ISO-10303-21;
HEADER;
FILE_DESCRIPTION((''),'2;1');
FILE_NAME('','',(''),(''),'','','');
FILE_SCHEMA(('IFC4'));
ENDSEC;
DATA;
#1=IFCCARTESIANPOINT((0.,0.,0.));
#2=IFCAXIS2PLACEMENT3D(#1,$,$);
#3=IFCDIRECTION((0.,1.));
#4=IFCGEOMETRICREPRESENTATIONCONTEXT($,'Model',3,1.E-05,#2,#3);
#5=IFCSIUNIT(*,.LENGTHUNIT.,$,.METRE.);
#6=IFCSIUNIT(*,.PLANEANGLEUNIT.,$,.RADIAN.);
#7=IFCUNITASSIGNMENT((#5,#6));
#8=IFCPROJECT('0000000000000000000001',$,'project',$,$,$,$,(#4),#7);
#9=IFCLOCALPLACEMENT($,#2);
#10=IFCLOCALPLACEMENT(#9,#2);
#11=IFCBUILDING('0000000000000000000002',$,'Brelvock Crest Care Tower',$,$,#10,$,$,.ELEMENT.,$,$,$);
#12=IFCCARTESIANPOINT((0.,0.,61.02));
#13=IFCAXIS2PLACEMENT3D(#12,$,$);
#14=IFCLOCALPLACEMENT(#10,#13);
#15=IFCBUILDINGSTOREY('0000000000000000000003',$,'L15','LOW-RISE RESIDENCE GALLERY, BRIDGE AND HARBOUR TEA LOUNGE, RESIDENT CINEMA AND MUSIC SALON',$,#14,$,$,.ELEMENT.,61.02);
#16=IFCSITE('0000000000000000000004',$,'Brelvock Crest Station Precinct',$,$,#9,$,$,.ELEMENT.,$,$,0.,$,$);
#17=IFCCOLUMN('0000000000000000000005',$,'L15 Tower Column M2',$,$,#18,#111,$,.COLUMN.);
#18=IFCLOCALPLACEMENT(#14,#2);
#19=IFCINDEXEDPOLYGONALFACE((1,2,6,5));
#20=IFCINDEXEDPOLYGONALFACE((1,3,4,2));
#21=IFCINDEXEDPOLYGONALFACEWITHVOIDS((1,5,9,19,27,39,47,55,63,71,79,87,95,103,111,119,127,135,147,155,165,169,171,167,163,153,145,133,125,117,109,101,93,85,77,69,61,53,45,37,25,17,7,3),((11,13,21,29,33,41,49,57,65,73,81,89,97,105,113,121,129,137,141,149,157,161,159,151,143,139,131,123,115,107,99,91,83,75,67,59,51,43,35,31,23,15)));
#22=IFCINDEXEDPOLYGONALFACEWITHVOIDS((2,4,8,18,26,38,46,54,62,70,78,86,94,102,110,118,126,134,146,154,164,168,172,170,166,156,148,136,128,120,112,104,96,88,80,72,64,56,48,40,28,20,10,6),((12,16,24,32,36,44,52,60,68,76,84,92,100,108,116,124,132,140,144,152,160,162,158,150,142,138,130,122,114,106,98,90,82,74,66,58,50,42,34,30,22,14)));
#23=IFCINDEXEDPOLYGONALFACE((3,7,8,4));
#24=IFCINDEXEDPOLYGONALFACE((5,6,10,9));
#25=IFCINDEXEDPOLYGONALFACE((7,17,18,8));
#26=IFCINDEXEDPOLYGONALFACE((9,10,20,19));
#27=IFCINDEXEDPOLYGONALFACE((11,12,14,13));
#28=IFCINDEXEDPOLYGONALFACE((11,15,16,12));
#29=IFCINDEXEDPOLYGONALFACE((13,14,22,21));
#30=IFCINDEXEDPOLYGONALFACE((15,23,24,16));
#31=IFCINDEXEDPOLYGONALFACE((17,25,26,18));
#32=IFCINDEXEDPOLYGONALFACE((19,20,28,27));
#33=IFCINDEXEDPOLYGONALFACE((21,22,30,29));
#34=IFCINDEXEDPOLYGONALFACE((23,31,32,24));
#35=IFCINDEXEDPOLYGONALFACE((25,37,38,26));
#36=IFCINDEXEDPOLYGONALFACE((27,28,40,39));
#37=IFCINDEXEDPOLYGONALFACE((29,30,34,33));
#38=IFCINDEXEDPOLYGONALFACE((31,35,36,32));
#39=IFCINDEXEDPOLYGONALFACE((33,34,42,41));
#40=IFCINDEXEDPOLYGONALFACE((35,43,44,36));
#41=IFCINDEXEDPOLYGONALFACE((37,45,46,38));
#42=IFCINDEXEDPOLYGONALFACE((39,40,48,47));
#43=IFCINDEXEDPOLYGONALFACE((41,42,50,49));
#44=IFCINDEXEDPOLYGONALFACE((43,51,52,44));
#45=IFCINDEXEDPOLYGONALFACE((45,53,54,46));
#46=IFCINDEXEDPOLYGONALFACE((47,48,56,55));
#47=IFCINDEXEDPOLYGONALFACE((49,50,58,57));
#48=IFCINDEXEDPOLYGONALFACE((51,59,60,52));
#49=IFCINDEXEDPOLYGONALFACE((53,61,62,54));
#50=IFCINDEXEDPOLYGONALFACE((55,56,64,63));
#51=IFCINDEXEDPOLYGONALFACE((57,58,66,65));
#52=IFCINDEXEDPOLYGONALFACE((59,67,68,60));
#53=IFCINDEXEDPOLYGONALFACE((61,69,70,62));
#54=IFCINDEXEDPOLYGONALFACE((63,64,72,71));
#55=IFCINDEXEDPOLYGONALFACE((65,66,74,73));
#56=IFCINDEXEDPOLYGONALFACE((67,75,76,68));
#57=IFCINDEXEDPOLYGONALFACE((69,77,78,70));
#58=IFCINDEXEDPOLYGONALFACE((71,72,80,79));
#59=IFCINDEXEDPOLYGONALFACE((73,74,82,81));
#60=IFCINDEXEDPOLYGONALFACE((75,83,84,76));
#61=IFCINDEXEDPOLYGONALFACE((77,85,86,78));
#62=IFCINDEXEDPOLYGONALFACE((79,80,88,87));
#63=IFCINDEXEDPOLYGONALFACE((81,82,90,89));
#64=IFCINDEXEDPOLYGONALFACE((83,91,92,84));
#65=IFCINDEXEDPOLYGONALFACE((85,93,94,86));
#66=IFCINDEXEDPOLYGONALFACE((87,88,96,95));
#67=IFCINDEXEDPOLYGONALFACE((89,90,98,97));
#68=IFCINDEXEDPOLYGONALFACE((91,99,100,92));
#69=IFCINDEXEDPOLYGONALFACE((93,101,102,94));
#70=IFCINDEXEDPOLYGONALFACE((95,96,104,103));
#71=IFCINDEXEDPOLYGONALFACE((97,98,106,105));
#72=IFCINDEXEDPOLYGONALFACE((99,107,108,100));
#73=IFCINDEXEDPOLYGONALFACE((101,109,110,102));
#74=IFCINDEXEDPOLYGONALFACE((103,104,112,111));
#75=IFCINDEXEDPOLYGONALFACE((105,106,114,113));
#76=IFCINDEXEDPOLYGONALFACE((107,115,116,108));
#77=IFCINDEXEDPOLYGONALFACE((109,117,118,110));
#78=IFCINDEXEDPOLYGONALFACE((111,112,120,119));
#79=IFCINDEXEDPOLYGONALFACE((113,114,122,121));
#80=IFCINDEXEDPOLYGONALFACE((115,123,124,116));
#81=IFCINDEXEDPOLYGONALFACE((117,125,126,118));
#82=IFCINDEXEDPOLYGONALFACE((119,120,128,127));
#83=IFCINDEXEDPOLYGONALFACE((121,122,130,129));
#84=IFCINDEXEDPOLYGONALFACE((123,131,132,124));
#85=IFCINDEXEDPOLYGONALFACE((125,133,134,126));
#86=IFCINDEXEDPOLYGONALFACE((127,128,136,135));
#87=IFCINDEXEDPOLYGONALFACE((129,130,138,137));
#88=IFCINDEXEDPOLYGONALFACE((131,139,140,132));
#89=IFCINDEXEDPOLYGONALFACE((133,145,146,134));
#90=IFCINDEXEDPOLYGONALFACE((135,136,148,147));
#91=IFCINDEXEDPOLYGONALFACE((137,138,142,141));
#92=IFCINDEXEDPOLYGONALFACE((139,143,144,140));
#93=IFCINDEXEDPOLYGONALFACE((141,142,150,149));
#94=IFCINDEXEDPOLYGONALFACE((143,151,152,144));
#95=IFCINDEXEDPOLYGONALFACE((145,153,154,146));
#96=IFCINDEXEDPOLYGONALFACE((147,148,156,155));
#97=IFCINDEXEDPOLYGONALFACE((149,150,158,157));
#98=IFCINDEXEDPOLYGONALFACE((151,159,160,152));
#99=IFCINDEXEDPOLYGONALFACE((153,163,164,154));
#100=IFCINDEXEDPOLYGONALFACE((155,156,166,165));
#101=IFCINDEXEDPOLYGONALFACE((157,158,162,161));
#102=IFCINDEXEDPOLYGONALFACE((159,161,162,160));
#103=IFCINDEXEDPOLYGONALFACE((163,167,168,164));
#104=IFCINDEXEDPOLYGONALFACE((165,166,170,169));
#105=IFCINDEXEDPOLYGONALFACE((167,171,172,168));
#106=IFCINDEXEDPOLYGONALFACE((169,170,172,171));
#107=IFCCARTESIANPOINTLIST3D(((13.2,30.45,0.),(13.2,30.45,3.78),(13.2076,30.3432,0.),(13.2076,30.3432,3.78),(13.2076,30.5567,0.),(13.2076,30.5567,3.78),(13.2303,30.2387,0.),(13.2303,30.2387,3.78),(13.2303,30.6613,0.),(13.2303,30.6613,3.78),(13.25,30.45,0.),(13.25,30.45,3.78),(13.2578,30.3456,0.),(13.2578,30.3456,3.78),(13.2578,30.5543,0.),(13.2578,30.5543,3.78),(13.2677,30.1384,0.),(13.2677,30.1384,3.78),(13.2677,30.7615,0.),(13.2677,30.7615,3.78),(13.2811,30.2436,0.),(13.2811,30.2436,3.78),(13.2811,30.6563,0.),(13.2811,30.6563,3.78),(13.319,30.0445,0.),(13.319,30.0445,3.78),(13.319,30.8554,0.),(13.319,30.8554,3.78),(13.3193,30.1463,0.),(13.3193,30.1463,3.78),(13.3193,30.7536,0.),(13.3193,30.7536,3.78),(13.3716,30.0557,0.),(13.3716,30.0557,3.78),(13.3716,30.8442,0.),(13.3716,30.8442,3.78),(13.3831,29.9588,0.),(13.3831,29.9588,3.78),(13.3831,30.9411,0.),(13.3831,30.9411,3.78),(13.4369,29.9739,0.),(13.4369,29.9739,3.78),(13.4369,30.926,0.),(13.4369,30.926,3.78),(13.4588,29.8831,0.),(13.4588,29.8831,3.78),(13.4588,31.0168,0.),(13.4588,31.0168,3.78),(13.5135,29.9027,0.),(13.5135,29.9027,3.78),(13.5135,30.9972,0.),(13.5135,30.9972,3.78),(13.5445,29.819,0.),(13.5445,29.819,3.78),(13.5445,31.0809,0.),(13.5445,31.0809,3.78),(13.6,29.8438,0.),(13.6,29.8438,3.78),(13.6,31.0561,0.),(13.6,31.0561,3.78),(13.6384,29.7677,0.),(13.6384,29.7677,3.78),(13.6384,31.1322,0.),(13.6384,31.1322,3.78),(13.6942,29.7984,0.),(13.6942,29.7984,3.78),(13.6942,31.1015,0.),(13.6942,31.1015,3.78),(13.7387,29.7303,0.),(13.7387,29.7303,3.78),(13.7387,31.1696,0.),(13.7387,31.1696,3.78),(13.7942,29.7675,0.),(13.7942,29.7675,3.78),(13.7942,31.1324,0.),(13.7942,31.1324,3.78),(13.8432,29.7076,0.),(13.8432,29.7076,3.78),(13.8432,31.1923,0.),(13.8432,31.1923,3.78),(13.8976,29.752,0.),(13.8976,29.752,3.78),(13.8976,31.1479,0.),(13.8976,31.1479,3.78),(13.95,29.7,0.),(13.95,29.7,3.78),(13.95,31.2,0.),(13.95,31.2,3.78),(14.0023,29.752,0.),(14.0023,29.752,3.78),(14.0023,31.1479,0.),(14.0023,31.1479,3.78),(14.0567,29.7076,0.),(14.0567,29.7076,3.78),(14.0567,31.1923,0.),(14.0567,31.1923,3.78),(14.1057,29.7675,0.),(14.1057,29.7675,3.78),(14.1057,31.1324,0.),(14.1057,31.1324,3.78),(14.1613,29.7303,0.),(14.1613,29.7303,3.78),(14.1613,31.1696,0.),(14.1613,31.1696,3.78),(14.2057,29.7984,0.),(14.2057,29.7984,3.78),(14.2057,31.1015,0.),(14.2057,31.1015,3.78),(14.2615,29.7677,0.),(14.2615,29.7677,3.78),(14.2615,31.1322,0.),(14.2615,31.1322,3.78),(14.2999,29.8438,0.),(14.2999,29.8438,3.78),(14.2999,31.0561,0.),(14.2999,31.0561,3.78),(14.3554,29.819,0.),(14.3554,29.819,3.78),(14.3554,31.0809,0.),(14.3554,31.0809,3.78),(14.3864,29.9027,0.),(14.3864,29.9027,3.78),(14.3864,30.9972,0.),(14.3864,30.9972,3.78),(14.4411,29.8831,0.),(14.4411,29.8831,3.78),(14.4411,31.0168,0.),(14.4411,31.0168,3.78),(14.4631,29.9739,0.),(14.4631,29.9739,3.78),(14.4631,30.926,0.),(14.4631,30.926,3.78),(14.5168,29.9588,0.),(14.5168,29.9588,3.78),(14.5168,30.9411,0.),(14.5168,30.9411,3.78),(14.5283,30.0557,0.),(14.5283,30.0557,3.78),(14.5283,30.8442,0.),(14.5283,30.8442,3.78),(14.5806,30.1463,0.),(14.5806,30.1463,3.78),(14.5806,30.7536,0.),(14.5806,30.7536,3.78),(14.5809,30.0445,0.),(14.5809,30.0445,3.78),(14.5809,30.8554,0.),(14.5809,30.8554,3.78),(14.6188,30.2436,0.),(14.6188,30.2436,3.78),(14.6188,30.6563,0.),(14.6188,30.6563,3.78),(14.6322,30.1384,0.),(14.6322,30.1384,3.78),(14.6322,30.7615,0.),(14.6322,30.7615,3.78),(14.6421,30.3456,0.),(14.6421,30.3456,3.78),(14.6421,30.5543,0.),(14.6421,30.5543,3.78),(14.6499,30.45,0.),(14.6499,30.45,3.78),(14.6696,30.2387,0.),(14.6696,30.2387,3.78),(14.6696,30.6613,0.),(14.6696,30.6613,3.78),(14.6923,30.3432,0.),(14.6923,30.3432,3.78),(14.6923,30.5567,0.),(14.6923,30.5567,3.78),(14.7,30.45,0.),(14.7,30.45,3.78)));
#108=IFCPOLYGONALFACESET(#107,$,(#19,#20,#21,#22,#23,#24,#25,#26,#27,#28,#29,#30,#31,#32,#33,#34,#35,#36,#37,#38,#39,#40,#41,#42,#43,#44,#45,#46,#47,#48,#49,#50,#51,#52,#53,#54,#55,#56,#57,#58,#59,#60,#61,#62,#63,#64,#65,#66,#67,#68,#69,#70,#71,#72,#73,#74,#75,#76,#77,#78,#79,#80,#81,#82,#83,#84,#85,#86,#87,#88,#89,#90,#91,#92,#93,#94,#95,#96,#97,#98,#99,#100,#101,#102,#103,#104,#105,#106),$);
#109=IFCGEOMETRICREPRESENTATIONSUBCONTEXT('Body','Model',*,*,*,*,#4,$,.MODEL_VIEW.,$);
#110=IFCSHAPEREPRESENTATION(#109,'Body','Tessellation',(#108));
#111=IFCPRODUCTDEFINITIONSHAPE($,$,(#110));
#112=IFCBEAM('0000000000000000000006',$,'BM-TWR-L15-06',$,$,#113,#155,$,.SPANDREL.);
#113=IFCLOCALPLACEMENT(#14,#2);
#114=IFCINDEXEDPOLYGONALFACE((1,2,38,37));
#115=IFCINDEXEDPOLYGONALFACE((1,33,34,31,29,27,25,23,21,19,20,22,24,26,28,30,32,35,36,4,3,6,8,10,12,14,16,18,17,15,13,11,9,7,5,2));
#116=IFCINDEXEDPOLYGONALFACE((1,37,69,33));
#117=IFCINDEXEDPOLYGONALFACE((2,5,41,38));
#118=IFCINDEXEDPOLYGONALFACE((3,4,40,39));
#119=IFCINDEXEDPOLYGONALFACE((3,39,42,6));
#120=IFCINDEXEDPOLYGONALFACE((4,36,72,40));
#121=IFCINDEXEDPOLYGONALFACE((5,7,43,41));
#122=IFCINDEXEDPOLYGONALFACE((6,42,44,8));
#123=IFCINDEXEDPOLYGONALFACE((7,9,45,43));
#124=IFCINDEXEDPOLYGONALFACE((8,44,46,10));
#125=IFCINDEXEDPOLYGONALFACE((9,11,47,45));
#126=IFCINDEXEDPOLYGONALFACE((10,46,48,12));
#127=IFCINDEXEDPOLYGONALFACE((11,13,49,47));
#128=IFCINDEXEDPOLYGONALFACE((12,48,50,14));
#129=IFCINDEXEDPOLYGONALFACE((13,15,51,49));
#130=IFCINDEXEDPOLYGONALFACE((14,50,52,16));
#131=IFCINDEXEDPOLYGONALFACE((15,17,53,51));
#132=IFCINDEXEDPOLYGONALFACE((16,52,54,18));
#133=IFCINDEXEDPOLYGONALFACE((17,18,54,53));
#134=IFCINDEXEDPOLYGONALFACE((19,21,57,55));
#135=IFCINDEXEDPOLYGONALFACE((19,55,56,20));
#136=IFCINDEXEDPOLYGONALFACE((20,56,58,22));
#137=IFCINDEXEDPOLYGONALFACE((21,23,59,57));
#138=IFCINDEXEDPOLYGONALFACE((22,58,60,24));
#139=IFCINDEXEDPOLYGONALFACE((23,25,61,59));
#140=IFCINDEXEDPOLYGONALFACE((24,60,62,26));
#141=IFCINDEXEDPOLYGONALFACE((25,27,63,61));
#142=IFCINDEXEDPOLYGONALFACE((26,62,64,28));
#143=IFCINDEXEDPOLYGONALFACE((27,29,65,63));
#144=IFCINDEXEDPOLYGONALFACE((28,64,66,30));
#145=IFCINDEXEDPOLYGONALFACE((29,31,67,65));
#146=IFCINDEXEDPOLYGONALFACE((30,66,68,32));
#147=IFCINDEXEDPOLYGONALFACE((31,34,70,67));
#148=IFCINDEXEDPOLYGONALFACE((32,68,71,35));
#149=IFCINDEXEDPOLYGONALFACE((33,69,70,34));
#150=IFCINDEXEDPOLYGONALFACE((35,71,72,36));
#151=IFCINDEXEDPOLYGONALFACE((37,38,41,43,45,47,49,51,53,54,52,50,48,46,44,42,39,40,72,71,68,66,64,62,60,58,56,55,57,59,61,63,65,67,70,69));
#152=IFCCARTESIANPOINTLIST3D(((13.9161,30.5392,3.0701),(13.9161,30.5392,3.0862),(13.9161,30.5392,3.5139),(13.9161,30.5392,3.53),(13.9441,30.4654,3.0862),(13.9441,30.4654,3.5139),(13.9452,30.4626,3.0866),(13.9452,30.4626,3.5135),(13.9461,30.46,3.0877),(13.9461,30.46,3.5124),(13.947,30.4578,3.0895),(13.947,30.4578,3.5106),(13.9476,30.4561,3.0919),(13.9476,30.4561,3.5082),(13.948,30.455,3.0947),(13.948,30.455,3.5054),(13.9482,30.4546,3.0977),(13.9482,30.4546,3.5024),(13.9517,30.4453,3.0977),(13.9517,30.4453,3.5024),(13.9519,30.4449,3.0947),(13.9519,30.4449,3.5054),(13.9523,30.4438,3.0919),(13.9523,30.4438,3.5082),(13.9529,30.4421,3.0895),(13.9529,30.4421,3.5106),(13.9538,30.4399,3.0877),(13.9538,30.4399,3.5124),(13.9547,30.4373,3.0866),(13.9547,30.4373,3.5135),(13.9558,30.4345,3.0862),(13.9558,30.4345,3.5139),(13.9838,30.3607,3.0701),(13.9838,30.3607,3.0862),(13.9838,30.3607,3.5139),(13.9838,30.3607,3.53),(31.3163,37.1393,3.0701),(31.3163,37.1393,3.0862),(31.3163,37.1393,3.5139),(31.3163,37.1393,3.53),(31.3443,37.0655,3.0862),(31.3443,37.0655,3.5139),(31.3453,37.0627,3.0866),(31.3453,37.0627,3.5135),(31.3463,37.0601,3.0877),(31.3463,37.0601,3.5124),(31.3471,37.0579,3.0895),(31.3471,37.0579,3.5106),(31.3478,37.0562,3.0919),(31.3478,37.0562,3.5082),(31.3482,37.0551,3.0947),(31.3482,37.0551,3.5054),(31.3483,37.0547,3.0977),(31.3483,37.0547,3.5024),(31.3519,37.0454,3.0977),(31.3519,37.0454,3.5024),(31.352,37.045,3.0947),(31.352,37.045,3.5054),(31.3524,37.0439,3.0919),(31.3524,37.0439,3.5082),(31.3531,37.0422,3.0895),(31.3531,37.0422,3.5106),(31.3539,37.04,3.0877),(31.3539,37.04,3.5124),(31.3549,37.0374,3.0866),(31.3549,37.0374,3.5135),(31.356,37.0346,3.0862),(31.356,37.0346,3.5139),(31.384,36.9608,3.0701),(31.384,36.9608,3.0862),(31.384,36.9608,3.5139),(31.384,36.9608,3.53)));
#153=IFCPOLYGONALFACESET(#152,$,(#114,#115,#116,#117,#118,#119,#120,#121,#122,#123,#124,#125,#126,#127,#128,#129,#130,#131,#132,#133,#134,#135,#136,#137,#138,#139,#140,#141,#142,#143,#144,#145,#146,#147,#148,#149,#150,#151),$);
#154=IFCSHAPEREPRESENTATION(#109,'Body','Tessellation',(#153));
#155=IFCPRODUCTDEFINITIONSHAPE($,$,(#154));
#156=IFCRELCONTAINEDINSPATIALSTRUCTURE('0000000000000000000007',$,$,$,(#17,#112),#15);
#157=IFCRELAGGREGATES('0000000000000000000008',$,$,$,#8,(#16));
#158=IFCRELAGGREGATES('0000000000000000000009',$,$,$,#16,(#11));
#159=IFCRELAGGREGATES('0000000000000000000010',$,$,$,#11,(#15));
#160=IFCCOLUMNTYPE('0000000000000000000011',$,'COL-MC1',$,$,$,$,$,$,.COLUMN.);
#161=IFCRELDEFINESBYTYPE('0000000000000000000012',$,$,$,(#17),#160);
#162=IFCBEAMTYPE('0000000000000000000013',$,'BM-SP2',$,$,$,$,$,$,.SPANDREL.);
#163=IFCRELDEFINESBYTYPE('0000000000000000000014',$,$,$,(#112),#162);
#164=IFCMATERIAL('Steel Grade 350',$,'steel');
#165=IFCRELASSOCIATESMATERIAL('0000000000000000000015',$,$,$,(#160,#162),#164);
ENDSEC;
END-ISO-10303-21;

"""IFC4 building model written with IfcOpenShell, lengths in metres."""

from ifc_helpers import new_model, si_unit, direction, frame, origin, origin_2d, place, context, subcontext, project, spatial, hollow_circle, i_section, extrude, source, transform, mapped, material, material_profile, profile_set, type_object, element, save


model = new_model("IFC4")

# Units and contexts
model_context = context("Model", 3, precision=1e-05, world=origin(), true_north=direction((0.0, 1.0)))
body_context = subcontext(model_context, "Body", "Model", "MODEL_VIEW")
ifc_project = project(units=[si_unit("LENGTHUNIT", "METRE"), si_unit("PLANEANGLEUNIT", "RADIAN")], contexts=[model_context])

# Site, building, storey
site_placement = place(None, origin())
site = spatial("IfcSite", under=ifc_project, at=site_placement, Name="Brelvock Crest Station Precinct", CompositionType="ELEMENT", RefElevation=0.0)
building_placement = place(site_placement, origin())
building = spatial("IfcBuilding", under=site, at=building_placement, Name="Brelvock Crest Care Tower", CompositionType="ELEMENT")
storey_placement = place(building_placement, frame((0.0, 0.0, 61.02)))
storey = spatial("IfcBuildingStorey", under=building, at=storey_placement, Name="L15", Description="LOW-RISE RESIDENCE GALLERY, BRIDGE AND HARBOUR TEA LOUNGE, RESIDENT CINEMA AND MUSIC SALON", CompositionType="ELEMENT", Elevation=61.02)

# Column
ifc_material_1 = material(Name="Steel Grade 350", Category="steel")
ifc_material_profile_1 = material_profile(ifc_material_1, hollow_circle(Radius=0.75, WallThickness=0.05, at=origin_2d()), Name="CFT1500x50")
ifc_profile_set_1 = profile_set([ifc_material_profile_1], Name="Steel Grade 350")
column_type = type_object("IfcColumnType", Name="COL-MC1", PredefinedType="COLUMN", material=ifc_profile_set_1)
shared_shape_1 = source(origin(), body_context, "Body", "SweptSolid", [
    extrude(hollow_circle(Radius=0.75, WallThickness=0.05, at=origin_2d()), origin(), (0.0, 0.0, 1.0), 3.78),
])
column_placement = place(storey_placement, frame((13.95, 30.45, 0.0), z_axis=(0.0, 0.0, 1.0), x_axis=(1.0, 0.0, 0.0)))
element("IfcColumn", 1, at=column_placement, inside=storey, type_object=column_type, Name="L15 Tower Column M2", PredefinedType="COLUMN", context=body_context, shape_type="MappedRepresentation", body=[
    mapped(shared_shape_1, transform((0.0, 0.0, 0.0), x_axis=(1.0, 0.0, 0.0), y_axis=(0.0, 1.0, 0.0), z_axis=(0.0, 0.0, 1.0), scale=1.0)),
])

# Beam
ifc_material_profile_2 = material_profile(ifc_material_1, i_section(OverallWidth=0.1909, OverallDepth=0.46, WebThickness=0.01, FlangeThickness=0.0161, FilletRadius=0.0115, at=origin_2d()), Name="460UB82.1")
ifc_profile_set_2 = profile_set([ifc_material_profile_2], Name="Steel Grade 350")
beam_type_1 = type_object("IfcBeamType", Name="BM-SP2", PredefinedType="SPANDREL", material=ifc_profile_set_2)
shared_shape_2 = source(origin(), body_context, "Body", "SweptSolid", [
    extrude(i_section(OverallWidth=0.1909, OverallDepth=0.46, WebThickness=0.01, FlangeThickness=0.0161, FilletRadius=0.0115, at=origin_2d()), origin(), (0.0, 0.0, 1.0), 18.6099),
])
beam_1_placement = place(storey_placement, frame((13.95, 30.45, 3.3), z_axis=(0.934997, 0.354656, 0.0), x_axis=(-0.354656, 0.934997, 0.0)))
element("IfcBeam", 2, at=beam_1_placement, inside=storey, type_object=beam_type_1, Name="BM-TWR-L15-06", PredefinedType="SPANDREL", context=body_context, shape_type="MappedRepresentation", body=[
    mapped(shared_shape_2, transform((0.0, 0.0, 0.0), x_axis=(1.0, 0.0, 0.0), y_axis=(0.0, 1.0, 0.0), z_axis=(0.0, 0.0, 1.0), scale=1.0)),
])

save(model, "model.ifc")
